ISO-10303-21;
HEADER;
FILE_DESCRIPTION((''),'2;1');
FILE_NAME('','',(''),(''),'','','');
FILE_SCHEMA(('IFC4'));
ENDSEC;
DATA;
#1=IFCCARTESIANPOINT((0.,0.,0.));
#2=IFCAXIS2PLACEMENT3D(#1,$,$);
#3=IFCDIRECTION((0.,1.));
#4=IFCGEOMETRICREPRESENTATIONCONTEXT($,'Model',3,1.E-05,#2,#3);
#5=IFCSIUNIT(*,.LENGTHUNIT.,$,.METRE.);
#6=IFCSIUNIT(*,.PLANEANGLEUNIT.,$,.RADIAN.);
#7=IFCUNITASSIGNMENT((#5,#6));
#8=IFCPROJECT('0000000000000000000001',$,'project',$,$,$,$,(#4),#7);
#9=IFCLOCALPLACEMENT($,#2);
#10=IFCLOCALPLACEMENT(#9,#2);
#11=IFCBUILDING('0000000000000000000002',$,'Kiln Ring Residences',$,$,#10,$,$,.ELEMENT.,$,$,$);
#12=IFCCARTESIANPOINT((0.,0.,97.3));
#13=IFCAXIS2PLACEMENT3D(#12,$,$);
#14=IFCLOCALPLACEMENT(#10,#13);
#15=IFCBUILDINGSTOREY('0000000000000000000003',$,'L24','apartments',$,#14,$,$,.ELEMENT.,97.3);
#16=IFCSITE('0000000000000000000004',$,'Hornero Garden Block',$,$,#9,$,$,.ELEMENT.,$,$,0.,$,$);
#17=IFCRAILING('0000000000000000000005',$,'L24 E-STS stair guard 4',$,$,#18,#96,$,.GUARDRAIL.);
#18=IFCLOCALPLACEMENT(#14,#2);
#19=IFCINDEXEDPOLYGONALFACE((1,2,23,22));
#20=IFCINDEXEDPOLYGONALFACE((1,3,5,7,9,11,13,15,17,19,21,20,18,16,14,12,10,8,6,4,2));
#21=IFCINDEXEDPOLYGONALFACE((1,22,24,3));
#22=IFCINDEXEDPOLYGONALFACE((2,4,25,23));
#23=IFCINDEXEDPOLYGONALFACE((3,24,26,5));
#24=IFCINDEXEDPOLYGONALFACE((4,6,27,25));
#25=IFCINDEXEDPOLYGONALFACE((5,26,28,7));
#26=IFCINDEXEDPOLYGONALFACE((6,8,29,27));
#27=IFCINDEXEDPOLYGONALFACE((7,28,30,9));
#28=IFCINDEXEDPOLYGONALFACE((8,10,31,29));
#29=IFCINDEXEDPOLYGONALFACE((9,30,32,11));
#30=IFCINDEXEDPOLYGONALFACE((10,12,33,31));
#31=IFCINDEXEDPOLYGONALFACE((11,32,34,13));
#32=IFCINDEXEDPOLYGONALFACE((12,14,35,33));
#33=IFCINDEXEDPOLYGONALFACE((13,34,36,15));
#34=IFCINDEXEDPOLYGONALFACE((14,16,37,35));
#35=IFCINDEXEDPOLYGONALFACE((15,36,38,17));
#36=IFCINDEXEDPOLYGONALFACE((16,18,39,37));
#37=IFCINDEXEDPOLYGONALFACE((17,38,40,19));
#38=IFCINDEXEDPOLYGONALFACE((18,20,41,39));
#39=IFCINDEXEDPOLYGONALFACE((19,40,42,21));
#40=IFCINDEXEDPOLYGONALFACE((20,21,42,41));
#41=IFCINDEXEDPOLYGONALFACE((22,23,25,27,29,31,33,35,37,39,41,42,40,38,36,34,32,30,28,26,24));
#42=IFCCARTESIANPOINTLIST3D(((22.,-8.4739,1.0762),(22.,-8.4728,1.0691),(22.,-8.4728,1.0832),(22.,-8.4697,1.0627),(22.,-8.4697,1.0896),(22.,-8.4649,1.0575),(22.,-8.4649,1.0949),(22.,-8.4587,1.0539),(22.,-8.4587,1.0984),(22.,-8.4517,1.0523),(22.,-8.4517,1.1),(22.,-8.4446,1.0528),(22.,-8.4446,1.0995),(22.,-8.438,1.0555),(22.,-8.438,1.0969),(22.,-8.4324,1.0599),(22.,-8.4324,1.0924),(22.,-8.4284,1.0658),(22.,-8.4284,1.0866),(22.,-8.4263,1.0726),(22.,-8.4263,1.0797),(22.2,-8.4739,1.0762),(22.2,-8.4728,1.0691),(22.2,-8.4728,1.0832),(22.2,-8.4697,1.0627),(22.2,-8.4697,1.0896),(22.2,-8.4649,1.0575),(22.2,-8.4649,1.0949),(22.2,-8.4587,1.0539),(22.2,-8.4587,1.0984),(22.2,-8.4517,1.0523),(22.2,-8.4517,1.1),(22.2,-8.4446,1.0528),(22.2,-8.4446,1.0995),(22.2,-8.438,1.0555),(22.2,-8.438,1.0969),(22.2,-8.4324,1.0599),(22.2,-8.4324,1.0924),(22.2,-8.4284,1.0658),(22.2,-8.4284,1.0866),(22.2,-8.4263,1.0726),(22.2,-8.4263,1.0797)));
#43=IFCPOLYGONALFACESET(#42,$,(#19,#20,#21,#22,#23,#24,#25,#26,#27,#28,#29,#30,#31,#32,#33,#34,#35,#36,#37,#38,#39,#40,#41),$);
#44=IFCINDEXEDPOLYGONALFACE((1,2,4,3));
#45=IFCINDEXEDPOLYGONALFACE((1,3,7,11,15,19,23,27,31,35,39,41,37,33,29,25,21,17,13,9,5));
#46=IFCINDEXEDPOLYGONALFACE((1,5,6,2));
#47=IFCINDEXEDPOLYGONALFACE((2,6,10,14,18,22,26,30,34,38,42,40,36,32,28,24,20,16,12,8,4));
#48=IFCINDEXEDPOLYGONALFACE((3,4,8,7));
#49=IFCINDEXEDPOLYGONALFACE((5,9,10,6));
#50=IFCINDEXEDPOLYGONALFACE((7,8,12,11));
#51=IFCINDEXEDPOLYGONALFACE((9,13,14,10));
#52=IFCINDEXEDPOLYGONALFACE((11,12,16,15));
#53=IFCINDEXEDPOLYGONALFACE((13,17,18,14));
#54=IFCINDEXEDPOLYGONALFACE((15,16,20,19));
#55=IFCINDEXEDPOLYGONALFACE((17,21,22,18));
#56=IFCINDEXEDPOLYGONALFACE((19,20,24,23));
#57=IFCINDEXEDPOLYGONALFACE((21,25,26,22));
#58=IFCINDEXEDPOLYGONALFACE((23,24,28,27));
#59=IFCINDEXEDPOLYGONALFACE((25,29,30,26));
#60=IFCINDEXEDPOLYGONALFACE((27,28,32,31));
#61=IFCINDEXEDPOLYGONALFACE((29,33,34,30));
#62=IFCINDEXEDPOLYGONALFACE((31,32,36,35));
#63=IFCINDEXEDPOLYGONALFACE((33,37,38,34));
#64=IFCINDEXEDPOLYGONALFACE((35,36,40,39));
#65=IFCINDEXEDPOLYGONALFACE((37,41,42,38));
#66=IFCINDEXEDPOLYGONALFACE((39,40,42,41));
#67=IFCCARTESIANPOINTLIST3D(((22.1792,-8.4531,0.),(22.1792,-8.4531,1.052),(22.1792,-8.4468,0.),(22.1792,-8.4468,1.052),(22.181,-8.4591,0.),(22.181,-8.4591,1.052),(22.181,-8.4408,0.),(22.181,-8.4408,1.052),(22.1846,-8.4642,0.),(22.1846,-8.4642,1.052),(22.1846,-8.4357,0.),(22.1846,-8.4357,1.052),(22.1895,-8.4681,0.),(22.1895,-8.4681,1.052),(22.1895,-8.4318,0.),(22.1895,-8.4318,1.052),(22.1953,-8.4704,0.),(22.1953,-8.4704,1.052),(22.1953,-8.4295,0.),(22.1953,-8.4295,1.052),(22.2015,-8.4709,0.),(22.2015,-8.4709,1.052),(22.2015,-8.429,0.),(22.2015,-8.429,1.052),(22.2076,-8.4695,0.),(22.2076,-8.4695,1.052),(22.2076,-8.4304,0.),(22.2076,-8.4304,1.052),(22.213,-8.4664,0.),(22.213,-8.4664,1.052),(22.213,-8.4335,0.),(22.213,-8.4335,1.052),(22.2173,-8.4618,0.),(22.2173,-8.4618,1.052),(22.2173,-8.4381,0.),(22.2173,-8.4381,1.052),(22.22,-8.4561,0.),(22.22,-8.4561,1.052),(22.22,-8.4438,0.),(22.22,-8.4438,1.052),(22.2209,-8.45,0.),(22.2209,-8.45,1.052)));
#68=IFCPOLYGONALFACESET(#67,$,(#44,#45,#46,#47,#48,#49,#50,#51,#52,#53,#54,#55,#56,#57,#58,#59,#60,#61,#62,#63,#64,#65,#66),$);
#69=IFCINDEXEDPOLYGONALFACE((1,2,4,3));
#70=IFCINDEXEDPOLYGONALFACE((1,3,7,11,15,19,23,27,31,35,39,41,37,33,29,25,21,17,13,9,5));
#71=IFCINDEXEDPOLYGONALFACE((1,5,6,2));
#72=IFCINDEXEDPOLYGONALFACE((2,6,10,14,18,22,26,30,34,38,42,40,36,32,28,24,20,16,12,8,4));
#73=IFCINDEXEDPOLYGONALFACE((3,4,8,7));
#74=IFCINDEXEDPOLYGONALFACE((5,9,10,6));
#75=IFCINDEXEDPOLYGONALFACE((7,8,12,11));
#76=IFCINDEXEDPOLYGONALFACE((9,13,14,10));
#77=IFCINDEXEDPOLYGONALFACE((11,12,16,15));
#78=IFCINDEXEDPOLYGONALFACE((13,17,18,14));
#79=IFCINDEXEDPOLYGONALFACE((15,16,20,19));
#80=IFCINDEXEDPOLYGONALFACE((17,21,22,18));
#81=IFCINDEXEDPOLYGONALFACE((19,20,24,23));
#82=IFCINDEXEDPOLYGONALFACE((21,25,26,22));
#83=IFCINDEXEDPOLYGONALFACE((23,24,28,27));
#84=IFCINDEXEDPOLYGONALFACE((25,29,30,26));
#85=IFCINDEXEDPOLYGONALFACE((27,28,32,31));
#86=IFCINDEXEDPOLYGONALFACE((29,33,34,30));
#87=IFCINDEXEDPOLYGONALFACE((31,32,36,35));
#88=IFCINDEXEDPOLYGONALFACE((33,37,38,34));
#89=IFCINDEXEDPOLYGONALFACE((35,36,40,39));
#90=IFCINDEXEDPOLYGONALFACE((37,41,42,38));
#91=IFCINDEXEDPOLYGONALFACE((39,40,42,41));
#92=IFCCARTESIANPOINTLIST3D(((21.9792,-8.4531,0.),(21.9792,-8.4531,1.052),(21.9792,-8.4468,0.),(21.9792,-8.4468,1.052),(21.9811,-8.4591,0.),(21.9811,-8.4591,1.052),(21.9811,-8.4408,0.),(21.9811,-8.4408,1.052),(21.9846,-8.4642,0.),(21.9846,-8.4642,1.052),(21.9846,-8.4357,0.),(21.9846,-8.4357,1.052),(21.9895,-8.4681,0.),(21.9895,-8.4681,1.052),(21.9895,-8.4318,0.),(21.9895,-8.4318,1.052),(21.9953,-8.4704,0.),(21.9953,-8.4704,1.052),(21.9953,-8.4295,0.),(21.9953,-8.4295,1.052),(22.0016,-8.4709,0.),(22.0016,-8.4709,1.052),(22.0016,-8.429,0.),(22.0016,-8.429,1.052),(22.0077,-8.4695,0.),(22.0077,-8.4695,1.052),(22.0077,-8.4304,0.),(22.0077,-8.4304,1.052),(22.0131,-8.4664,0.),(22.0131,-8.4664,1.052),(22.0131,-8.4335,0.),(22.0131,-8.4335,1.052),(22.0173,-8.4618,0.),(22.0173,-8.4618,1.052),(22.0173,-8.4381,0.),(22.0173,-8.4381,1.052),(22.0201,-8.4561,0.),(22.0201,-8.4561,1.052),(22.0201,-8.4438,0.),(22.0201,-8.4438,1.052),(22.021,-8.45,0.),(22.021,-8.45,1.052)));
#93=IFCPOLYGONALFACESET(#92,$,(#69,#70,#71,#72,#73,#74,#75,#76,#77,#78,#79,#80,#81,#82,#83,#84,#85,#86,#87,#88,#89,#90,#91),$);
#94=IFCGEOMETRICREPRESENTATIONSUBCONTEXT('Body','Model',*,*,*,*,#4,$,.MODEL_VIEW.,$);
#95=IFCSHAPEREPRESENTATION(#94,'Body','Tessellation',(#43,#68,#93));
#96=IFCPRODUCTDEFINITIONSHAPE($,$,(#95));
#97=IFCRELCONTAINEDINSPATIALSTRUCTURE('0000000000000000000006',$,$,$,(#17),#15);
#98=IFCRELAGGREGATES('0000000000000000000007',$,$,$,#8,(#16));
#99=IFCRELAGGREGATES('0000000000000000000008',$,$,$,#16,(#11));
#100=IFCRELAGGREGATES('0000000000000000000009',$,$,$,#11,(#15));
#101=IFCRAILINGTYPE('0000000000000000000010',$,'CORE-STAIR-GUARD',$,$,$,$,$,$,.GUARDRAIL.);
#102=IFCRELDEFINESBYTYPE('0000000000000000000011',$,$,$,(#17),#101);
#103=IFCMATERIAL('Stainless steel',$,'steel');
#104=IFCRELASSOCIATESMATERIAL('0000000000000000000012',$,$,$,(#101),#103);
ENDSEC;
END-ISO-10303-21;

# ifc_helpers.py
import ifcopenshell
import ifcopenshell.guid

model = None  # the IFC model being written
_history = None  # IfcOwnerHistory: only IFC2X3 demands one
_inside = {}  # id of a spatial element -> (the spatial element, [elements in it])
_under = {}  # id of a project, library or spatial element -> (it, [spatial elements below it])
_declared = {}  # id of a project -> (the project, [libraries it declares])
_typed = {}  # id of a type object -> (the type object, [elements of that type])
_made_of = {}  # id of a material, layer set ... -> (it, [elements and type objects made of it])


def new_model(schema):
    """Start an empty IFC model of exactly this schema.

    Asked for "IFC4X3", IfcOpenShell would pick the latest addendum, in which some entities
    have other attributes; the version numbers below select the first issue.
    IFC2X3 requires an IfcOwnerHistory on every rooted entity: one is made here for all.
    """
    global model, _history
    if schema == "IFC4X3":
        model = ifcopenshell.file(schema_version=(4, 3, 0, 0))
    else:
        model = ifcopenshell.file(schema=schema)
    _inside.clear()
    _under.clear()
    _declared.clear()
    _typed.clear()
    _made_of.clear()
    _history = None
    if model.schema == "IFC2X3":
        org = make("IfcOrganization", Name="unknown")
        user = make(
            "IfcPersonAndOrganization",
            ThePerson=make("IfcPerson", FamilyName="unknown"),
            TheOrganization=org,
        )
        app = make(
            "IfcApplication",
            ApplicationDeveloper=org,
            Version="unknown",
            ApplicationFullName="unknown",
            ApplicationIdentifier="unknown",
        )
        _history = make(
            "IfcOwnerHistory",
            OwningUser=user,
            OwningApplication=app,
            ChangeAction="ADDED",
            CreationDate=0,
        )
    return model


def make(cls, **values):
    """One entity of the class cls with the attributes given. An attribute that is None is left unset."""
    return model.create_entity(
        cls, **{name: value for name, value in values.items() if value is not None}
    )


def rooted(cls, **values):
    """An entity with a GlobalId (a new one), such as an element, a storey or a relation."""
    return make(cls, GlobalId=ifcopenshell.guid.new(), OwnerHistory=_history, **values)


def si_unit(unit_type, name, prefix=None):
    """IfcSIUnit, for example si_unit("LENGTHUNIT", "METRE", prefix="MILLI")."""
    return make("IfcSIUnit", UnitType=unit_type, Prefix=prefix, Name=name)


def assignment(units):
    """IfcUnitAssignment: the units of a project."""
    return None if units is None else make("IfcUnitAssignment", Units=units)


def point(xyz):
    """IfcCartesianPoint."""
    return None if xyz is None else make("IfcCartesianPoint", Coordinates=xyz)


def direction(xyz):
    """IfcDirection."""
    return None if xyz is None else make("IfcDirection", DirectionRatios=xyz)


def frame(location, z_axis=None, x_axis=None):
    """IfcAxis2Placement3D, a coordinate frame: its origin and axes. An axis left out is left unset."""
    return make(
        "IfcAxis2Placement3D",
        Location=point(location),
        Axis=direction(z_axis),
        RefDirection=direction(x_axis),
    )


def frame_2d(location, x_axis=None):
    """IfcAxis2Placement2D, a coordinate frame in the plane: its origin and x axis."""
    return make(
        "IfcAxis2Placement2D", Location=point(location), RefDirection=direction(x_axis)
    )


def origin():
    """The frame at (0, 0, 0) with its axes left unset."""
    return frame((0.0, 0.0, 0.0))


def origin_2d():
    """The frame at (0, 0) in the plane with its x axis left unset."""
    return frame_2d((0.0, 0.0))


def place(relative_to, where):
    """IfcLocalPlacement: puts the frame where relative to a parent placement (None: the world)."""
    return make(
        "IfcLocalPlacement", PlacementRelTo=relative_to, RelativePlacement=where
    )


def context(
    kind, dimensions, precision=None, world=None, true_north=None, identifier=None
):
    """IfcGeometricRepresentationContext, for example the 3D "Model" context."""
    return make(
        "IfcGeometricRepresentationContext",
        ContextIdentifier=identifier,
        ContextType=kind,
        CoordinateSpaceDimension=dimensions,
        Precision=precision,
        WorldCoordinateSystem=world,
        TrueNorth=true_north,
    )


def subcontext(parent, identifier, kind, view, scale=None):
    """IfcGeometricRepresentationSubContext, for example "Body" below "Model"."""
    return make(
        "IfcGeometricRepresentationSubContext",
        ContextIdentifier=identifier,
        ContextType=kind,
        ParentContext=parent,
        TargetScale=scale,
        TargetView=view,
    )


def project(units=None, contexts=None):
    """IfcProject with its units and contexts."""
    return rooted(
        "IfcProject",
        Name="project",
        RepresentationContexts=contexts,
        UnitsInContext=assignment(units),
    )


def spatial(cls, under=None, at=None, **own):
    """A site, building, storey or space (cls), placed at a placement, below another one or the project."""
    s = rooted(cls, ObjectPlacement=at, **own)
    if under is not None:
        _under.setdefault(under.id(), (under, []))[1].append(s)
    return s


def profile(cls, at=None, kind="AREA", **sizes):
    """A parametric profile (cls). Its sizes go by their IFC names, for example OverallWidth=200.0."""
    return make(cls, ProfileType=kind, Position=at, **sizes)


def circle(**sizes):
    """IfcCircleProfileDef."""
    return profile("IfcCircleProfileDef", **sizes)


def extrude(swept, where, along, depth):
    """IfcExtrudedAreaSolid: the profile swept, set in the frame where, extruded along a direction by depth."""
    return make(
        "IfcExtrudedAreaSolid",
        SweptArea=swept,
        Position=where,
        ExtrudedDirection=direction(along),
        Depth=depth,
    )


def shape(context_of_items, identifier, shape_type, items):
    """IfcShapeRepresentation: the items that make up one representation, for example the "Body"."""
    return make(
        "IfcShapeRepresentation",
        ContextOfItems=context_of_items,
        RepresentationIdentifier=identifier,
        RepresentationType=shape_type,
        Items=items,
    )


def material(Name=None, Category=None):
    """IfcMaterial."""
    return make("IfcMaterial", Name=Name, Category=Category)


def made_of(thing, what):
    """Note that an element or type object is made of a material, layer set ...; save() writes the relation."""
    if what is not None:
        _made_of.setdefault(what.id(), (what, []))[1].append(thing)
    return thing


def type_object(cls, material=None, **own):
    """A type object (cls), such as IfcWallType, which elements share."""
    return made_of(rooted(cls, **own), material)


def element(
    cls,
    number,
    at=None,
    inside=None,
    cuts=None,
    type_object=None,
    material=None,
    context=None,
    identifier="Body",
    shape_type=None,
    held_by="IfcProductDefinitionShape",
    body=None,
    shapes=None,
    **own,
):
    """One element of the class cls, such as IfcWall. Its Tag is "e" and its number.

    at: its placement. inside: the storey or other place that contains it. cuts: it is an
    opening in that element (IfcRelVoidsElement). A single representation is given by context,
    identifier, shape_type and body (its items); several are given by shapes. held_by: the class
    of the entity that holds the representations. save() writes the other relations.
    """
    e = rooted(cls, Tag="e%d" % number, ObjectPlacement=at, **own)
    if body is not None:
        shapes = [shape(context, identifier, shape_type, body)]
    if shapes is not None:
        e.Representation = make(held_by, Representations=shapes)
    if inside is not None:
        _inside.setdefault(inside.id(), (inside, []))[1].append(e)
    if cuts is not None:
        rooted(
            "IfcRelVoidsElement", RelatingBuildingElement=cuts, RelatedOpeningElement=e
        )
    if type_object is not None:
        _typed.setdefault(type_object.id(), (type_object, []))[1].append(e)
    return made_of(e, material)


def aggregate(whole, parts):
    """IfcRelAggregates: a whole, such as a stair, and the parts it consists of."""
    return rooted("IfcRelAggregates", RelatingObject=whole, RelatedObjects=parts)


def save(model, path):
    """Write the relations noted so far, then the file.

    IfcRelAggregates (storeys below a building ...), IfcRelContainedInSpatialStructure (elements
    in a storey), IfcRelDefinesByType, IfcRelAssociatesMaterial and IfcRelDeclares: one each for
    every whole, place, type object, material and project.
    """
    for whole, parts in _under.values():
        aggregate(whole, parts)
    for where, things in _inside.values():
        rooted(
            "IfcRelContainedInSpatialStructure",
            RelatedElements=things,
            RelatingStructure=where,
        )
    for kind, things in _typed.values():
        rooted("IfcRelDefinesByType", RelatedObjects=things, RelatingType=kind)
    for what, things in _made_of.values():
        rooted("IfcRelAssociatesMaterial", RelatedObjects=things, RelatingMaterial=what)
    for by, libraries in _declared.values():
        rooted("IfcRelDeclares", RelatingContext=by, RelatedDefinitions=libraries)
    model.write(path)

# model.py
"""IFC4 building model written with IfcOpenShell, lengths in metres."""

from ifc_helpers import new_model, si_unit, direction, frame, origin, origin_2d, place, context, subcontext, project, spatial, circle, extrude, material, type_object, element, save


model = new_model("IFC4")

# Units and contexts
model_context = context("Model", 3, precision=1e-05, world=origin(), true_north=direction((0.0, 1.0)))
body_context = subcontext(model_context, "Body", "Model", "MODEL_VIEW")
ifc_project = project(units=[si_unit("LENGTHUNIT", "METRE"), si_unit("PLANEANGLEUNIT", "RADIAN")], contexts=[model_context])

# Site, building, storey
site_placement = place(None, origin())
site = spatial("IfcSite", under=ifc_project, at=site_placement, Name="Hornero Garden Block", CompositionType="ELEMENT", RefElevation=0.0)
building_placement = place(site_placement, origin())
building = spatial("IfcBuilding", under=site, at=building_placement, Name="Kiln Ring Residences", CompositionType="ELEMENT")
storey_placement = place(building_placement, frame((0.0, 0.0, 97.3)))
storey = spatial("IfcBuildingStorey", under=building, at=storey_placement, Name="L24", Description="apartments", CompositionType="ELEMENT", Elevation=97.3)

# Railing
ifc_material_1 = material(Name="Stainless steel", Category="steel")
railing_type_1 = type_object("IfcRailingType", Name="CORE-STAIR-GUARD", PredefinedType="GUARDRAIL", material=ifc_material_1)
railing_1_placement = place(storey_placement, frame((22.2, -8.45, 0.0)))
element("IfcRailing", 1, at=railing_1_placement, inside=storey, type_object=railing_type_1, Name="L24 E-STS stair guard 4", PredefinedType="GUARDRAIL", context=body_context, shape_type="SweptSolid", body=[
    extrude(circle(Radius=0.0239, at=origin_2d()), frame((0.0, 0.0, 1.0762), z_axis=(-1.0, 0.0, 0.0), x_axis=(0.0, -1.0, 0.0)), (0.0, 0.0, 1.0), 0.2),
    extrude(circle(Radius=0.021, at=origin_2d()), origin(), (0.0, 0.0, 1.0), 1.052),
    extrude(circle(Radius=0.021, at=origin_2d()), frame((-0.2, 0.0, 0.0)), (0.0, 0.0, 1.0), 1.052),
])

save(model, "model.ifc")
